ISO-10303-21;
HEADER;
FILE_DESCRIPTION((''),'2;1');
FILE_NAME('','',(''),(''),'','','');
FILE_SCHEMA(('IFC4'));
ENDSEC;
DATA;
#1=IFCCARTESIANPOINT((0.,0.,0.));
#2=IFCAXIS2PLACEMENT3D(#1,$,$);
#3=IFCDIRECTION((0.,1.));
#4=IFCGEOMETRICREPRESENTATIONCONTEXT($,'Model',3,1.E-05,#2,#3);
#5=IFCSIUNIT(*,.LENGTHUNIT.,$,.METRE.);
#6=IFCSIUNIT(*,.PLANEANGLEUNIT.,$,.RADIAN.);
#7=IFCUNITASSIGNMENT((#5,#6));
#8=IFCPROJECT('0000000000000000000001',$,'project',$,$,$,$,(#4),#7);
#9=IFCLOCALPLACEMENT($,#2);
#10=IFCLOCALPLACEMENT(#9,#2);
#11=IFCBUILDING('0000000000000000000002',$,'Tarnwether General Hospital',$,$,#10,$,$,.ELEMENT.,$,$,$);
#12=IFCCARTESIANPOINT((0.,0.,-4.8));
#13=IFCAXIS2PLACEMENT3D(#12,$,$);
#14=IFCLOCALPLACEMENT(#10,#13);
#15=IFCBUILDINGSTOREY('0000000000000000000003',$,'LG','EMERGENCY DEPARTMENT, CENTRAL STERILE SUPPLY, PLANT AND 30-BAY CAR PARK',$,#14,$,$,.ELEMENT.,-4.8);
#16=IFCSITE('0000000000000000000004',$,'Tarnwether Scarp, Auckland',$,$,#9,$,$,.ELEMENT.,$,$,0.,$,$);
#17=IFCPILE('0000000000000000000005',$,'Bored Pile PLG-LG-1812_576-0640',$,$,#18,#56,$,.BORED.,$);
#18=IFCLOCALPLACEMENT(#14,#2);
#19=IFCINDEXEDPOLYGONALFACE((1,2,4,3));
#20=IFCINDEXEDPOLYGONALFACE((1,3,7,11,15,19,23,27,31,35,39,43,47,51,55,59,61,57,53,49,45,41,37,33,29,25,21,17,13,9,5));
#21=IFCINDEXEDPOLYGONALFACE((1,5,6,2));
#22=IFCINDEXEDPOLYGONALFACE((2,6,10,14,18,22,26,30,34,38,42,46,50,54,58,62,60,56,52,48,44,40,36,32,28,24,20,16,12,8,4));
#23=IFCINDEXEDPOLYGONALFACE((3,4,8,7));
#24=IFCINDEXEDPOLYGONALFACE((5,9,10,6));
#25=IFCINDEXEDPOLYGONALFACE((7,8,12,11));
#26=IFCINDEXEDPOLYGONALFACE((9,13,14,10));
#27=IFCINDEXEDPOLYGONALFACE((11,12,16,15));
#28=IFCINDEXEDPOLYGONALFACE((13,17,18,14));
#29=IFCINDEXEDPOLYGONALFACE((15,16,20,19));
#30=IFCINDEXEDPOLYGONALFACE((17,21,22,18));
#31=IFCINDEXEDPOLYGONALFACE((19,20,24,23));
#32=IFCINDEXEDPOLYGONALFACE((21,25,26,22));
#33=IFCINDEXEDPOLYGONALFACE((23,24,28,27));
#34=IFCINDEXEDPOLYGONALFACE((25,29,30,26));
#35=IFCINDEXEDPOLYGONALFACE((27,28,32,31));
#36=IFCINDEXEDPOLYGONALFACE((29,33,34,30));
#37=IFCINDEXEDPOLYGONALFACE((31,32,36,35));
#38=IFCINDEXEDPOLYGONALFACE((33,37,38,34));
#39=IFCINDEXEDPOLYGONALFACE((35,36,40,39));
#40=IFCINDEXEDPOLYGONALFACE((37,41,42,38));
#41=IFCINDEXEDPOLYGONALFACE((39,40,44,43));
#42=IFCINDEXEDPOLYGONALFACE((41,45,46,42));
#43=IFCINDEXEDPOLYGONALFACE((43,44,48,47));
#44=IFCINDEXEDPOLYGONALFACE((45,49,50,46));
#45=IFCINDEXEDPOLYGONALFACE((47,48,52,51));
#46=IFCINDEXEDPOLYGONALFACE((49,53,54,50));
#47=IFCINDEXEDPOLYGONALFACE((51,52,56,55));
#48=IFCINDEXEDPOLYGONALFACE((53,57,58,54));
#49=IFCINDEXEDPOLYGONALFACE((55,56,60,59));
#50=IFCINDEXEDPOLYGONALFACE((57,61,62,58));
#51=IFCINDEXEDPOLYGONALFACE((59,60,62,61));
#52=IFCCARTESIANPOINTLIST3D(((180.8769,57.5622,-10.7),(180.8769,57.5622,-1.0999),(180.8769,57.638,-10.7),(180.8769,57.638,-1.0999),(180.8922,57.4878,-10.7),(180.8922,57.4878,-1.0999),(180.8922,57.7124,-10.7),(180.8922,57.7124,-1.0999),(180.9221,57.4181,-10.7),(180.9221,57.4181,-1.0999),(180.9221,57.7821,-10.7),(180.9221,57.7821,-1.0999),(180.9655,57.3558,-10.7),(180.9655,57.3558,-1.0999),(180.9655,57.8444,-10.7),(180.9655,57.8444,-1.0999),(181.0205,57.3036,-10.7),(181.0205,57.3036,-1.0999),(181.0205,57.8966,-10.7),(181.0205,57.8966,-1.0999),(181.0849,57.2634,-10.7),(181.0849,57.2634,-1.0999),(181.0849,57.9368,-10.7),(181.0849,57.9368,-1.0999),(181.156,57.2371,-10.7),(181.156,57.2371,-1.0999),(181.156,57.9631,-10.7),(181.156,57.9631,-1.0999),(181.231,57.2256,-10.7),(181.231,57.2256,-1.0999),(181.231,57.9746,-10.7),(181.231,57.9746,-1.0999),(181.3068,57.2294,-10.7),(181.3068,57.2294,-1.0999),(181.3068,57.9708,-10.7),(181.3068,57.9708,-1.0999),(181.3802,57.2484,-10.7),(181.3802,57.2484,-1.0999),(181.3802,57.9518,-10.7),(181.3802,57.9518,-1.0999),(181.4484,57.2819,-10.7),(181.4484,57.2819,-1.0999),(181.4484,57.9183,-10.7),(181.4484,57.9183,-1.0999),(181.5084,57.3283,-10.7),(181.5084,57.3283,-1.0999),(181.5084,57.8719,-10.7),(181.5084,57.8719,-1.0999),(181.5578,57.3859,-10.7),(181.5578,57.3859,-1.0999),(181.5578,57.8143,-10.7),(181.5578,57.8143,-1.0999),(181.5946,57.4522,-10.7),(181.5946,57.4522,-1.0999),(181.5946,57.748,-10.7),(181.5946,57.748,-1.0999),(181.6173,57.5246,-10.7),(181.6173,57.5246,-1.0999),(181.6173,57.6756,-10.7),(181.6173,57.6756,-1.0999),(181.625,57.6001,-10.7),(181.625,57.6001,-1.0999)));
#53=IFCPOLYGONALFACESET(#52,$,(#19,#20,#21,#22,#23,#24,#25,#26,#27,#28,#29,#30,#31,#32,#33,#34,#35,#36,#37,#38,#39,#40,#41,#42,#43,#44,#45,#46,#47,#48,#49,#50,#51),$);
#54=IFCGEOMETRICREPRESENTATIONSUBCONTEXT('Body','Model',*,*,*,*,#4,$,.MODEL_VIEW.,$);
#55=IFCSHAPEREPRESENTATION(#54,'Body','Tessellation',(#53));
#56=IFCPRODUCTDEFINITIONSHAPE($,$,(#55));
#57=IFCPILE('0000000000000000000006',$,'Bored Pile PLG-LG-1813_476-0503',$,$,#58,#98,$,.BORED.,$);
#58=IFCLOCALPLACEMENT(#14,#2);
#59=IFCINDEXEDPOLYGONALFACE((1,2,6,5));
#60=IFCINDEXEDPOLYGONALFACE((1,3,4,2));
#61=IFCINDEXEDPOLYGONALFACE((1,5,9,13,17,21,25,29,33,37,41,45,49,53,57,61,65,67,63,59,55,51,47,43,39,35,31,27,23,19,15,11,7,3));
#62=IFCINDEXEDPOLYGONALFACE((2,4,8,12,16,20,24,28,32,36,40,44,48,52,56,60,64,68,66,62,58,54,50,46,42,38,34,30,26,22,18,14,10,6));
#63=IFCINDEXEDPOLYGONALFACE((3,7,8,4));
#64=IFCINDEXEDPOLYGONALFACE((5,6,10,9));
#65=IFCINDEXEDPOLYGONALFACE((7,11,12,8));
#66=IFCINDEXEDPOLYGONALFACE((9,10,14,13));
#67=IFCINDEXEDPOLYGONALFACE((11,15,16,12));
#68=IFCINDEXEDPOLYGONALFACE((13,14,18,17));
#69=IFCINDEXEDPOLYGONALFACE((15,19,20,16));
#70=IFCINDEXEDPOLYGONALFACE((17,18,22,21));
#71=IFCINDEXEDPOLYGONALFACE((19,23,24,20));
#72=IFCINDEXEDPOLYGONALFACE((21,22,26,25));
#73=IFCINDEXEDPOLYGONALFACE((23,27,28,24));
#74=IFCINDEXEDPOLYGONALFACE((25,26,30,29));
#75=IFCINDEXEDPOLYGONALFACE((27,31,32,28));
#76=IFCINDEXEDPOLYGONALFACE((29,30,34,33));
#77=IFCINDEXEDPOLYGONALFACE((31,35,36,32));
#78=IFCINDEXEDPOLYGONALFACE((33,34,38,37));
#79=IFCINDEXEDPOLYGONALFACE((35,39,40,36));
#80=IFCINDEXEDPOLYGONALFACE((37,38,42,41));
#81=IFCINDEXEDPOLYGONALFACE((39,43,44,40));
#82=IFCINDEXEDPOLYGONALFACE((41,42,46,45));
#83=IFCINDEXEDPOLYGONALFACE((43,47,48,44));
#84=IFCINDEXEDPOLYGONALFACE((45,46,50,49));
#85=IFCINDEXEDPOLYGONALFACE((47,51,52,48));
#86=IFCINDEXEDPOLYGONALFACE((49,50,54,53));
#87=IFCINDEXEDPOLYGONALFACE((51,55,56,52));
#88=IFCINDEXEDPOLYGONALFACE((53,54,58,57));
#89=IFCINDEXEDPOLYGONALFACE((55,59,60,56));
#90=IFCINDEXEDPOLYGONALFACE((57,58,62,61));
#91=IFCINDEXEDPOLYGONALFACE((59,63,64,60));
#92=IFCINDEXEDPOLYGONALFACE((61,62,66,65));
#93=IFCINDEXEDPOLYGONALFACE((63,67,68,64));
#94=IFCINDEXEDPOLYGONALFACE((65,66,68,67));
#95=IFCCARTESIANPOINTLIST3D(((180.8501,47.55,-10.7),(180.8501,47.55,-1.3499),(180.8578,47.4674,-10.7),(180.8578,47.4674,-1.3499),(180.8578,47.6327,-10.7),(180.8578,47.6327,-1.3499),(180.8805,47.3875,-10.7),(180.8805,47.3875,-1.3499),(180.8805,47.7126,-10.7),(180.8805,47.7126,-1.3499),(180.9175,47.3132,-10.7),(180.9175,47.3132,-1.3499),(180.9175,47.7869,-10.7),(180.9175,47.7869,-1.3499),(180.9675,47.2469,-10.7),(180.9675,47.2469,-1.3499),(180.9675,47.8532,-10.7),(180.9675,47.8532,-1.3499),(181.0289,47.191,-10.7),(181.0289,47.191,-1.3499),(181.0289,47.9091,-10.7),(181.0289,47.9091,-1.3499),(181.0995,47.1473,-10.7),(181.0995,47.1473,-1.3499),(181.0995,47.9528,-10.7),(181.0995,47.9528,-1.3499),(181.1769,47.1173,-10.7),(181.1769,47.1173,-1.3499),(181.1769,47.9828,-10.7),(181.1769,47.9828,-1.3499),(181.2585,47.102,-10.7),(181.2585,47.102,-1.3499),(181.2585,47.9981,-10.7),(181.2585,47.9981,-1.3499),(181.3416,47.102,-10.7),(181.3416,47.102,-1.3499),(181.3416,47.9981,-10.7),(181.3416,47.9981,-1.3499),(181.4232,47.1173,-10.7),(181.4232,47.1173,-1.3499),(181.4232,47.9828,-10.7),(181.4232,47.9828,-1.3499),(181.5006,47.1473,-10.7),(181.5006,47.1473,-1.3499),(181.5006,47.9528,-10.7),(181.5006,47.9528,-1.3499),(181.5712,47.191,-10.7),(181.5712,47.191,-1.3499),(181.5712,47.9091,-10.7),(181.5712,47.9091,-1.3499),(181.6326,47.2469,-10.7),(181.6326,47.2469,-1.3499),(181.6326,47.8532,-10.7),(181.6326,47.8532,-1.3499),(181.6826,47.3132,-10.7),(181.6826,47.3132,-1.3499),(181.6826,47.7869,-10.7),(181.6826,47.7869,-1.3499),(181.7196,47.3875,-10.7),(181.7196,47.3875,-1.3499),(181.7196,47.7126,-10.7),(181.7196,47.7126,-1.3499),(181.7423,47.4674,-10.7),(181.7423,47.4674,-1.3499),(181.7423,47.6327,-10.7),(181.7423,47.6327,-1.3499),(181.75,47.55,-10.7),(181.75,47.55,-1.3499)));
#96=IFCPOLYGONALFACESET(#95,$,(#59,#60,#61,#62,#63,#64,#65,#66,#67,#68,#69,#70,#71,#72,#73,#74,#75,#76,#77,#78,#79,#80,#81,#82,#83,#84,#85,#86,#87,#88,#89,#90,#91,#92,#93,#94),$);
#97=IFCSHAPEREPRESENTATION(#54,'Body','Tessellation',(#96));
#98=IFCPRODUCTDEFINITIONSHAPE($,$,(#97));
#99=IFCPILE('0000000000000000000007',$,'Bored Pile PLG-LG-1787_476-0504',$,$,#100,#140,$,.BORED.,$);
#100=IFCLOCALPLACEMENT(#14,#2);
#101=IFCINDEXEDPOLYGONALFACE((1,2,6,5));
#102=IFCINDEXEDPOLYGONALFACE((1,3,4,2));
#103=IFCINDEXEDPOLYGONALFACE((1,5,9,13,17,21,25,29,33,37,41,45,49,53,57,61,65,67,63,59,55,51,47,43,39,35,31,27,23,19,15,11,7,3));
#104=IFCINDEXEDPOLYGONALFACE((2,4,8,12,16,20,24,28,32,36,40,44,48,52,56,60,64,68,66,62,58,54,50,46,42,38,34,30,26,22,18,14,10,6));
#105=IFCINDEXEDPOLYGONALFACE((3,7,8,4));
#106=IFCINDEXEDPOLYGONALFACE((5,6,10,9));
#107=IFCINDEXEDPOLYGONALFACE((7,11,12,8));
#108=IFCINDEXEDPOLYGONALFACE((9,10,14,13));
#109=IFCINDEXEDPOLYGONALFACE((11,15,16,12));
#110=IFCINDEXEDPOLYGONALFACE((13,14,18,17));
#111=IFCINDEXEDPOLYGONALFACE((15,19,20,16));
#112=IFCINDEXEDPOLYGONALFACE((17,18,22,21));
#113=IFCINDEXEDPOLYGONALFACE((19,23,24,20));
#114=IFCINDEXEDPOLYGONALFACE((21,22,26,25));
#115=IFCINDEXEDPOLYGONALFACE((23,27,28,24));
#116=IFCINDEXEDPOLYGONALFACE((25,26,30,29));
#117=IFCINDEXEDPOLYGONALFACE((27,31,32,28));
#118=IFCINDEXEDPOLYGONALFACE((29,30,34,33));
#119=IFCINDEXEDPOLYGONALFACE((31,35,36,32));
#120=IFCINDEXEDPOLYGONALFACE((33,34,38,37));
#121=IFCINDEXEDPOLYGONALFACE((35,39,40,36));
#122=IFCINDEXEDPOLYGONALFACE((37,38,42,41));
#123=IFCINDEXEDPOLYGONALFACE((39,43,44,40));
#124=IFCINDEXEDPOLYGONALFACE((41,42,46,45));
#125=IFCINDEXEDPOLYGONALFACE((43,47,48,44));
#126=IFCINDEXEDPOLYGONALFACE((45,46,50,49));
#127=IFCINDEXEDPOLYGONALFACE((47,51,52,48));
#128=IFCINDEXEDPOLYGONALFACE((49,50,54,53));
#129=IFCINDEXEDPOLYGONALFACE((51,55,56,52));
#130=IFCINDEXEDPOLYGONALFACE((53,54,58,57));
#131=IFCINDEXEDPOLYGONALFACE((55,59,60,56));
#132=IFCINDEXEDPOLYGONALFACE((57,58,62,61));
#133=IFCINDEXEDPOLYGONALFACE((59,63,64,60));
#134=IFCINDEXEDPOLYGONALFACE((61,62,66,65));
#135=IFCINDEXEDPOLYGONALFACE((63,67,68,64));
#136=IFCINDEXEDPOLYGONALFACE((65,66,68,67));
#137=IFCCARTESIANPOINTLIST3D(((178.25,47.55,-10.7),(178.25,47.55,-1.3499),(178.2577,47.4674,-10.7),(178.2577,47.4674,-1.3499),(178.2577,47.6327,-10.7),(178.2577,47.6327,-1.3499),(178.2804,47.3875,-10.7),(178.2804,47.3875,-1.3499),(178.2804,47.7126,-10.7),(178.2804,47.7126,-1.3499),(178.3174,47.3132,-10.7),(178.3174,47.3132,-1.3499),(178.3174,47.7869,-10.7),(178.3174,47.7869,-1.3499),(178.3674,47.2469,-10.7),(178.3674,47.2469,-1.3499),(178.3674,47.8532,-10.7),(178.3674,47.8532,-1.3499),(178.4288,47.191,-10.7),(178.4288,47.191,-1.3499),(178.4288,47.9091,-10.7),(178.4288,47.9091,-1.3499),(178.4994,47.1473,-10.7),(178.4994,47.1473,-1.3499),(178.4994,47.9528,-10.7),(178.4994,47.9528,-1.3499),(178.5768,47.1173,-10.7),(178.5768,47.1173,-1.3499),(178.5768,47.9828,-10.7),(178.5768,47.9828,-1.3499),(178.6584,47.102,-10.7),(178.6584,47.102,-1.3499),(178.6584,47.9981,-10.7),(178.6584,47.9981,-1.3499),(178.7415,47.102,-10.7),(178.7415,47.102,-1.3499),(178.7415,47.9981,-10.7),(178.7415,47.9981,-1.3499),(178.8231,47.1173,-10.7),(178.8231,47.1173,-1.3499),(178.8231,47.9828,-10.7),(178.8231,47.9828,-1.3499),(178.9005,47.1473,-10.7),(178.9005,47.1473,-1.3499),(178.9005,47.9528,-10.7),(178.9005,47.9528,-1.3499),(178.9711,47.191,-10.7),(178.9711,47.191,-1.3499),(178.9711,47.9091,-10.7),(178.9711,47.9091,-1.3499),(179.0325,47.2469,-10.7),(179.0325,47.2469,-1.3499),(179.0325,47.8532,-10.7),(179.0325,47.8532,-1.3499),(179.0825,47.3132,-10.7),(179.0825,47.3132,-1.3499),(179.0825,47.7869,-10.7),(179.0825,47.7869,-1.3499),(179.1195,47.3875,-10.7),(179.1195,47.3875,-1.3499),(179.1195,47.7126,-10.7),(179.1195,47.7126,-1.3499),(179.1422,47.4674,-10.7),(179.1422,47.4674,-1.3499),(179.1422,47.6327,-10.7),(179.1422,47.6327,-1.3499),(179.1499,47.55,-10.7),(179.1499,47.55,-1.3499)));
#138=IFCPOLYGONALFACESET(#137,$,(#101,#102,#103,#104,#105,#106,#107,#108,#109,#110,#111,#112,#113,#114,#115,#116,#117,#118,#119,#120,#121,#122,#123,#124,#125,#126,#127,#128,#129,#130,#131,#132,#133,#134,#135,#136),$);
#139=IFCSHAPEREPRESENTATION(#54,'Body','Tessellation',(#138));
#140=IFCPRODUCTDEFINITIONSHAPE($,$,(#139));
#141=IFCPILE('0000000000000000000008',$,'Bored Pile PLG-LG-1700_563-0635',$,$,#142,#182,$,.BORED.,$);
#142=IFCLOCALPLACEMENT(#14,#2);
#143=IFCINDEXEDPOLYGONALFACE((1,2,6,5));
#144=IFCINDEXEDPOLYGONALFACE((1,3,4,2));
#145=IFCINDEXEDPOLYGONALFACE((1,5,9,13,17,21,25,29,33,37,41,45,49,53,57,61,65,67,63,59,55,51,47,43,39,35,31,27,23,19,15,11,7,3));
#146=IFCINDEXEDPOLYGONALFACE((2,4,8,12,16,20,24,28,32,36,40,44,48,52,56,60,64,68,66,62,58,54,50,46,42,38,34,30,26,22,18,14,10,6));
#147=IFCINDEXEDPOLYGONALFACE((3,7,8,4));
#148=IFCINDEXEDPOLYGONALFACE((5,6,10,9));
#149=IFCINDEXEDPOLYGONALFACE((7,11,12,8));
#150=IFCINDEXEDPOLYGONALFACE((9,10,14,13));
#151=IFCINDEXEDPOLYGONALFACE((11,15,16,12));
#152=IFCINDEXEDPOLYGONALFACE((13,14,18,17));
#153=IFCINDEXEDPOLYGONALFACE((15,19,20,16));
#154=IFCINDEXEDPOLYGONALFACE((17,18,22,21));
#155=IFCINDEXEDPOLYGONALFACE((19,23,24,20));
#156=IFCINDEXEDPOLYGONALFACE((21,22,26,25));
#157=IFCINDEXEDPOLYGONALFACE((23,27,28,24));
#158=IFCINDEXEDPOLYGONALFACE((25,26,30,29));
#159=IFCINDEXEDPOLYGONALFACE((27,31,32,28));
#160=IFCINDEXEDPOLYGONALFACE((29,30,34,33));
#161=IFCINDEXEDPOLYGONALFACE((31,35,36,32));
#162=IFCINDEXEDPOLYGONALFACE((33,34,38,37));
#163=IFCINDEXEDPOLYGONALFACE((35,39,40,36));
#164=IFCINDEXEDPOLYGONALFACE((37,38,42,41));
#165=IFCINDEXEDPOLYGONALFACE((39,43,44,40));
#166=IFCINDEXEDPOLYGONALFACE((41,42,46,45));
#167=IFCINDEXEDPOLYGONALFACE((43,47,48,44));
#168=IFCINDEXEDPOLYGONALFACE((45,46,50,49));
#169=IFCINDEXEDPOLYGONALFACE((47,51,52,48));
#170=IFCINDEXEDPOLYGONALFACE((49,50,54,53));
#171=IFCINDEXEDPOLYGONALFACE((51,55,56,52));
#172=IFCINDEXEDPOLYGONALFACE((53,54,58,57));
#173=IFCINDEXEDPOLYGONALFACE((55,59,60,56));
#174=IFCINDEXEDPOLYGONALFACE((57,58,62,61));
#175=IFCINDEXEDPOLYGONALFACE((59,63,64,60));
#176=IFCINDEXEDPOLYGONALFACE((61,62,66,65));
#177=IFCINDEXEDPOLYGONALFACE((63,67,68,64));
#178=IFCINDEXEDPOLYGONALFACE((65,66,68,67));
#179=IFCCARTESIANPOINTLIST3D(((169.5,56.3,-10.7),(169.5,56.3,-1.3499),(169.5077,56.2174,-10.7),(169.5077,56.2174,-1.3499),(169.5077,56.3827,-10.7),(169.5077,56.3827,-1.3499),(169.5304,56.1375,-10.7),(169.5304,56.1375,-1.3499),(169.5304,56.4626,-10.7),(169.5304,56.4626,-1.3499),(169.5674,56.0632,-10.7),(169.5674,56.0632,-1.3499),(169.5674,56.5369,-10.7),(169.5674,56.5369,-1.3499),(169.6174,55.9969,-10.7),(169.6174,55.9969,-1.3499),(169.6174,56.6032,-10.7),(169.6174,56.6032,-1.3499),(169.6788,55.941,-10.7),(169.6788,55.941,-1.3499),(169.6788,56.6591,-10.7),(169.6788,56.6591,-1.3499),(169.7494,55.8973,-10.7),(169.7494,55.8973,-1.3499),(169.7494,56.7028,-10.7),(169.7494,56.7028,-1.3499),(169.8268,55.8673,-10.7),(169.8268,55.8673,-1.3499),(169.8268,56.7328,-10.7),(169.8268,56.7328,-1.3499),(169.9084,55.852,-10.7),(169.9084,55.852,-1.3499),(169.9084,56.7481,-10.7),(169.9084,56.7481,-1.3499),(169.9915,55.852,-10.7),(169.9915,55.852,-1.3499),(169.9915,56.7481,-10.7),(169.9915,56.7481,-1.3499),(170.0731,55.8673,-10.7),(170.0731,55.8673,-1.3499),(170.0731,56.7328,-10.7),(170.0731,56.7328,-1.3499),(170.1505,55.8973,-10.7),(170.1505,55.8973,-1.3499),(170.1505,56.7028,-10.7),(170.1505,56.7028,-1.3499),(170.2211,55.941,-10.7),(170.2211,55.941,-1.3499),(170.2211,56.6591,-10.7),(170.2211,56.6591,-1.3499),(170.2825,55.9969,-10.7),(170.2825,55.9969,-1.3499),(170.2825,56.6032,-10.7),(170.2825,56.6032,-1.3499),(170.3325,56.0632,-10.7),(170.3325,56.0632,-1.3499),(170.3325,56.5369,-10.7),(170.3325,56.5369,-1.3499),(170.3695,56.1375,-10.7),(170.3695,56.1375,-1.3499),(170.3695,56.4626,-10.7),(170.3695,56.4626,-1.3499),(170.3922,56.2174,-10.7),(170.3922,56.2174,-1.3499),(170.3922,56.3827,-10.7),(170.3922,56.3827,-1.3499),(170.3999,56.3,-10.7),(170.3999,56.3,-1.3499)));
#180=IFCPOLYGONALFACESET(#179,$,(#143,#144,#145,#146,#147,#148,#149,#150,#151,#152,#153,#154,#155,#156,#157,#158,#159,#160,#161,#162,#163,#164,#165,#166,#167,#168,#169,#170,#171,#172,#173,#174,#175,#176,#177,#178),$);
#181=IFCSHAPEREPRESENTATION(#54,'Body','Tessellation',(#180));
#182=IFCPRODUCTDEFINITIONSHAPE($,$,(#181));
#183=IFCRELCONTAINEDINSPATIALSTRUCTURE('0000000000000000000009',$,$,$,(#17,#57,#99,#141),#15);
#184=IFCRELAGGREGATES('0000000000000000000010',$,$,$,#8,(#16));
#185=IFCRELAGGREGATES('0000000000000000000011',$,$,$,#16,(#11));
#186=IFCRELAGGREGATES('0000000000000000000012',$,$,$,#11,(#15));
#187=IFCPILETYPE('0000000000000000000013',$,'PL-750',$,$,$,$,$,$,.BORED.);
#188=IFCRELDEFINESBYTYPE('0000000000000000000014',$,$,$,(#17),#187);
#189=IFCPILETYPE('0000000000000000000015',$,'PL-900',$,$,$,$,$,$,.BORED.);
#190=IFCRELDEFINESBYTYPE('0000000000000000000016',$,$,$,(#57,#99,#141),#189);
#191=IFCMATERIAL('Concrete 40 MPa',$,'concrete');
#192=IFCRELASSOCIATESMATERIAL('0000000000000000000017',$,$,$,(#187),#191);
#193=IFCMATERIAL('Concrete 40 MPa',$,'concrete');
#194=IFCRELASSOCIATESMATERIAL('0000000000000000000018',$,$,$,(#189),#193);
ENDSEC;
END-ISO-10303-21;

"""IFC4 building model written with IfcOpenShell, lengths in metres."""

from ifc_helpers import new_model, si_unit, direction, frame, origin, origin_2d, place, context, subcontext, project, spatial, circle, extrude, material, material_profile, profile_set, type_object, element, save


model = new_model("IFC4")

# Units and contexts
model_context = context("Model", 3, precision=1e-05, world=origin(), true_north=direction((0.0, 1.0)))
body_context = subcontext(model_context, "Body", "Model", "MODEL_VIEW")
ifc_project = project(units=[si_unit("LENGTHUNIT", "METRE"), si_unit("PLANEANGLEUNIT", "RADIAN")], contexts=[model_context])

# Site, building, storey
site_placement = place(None, origin())
site = spatial("IfcSite", under=ifc_project, at=site_placement, Name="Tarnwether Scarp, Auckland", CompositionType="ELEMENT", RefElevation=0.0)
building_placement = place(site_placement, origin())
building = spatial("IfcBuilding", under=site, at=building_placement, Name="Tarnwether General Hospital", CompositionType="ELEMENT")
storey_placement = place(building_placement, frame((0.0, 0.0, -4.8)))
storey = spatial("IfcBuildingStorey", under=building, at=storey_placement, Name="LG", Description="EMERGENCY DEPARTMENT, CENTRAL STERILE SUPPLY, PLANT AND 30-BAY CAR PARK", CompositionType="ELEMENT", Elevation=-4.8)

# Piles
ifc_material_1 = material(Name="Concrete 40 MPa", Category="concrete")
ifc_material_profile_1 = material_profile(ifc_material_1, circle(Radius=0.375, at=origin_2d()), Name="PILE-D750")
ifc_profile_set_1 = profile_set([ifc_material_profile_1], Name="Concrete 40 MPa")
pile_type_1 = type_object("IfcPileType", Name="PL-750", PredefinedType="BORED", material=ifc_profile_set_1)
for number, where, z_axis, x_axis, name in (
    (1, (181.25, 57.6001, -1.0999), (0.0, 0.0, -1.0), (1.0, 0.0, 0.0), "Bored Pile PLG-LG-1812_576-0640"),
):
    element("IfcPile", number, at=place(storey_placement, frame(where, z_axis=z_axis, x_axis=x_axis)), inside=storey, type_object=pile_type_1, Name=name, PredefinedType="BORED", context=body_context, shape_type="SweptSolid", body=[
        extrude(circle(Radius=0.375, at=origin_2d()), origin(), (0.0, 0.0, 1.0), 9.6001),
    ])
ifc_material_2 = material(Name="Concrete 40 MPa", Category="concrete")
ifc_material_profile_2 = material_profile(ifc_material_2, circle(Radius=0.45, at=origin_2d()), Name="PILE-D900")
ifc_profile_set_2 = profile_set([ifc_material_profile_2], Name="Concrete 40 MPa")
pile_type_2 = type_object("IfcPileType", Name="PL-900", PredefinedType="BORED", material=ifc_profile_set_2)
for number, where, z_axis, x_axis, name in (
    (2, (181.3, 47.55, -1.3499), (0.0, 0.0, -1.0), (1.0, 0.0, 0.0), "Bored Pile PLG-LG-1813_476-0503"),
    (3, (178.7, 47.55, -1.3499), (0.0, 0.0, -1.0), (1.0, 0.0, 0.0), "Bored Pile PLG-LG-1787_476-0504"),
    (4, (169.95, 56.3, -1.3499), (0.0, 0.0, -1.0), (1.0, 0.0, 0.0), "Bored Pile PLG-LG-1700_563-0635"),
):
    element("IfcPile", number, at=place(storey_placement, frame(where, z_axis=z_axis, x_axis=x_axis)), inside=storey, type_object=pile_type_2, Name=name, PredefinedType="BORED", context=body_context, shape_type="SweptSolid", body=[
        extrude(circle(Radius=0.45, at=origin_2d()), origin(), (0.0, 0.0, 1.0), 9.3501),
    ])

save(model, "model.ifc")
